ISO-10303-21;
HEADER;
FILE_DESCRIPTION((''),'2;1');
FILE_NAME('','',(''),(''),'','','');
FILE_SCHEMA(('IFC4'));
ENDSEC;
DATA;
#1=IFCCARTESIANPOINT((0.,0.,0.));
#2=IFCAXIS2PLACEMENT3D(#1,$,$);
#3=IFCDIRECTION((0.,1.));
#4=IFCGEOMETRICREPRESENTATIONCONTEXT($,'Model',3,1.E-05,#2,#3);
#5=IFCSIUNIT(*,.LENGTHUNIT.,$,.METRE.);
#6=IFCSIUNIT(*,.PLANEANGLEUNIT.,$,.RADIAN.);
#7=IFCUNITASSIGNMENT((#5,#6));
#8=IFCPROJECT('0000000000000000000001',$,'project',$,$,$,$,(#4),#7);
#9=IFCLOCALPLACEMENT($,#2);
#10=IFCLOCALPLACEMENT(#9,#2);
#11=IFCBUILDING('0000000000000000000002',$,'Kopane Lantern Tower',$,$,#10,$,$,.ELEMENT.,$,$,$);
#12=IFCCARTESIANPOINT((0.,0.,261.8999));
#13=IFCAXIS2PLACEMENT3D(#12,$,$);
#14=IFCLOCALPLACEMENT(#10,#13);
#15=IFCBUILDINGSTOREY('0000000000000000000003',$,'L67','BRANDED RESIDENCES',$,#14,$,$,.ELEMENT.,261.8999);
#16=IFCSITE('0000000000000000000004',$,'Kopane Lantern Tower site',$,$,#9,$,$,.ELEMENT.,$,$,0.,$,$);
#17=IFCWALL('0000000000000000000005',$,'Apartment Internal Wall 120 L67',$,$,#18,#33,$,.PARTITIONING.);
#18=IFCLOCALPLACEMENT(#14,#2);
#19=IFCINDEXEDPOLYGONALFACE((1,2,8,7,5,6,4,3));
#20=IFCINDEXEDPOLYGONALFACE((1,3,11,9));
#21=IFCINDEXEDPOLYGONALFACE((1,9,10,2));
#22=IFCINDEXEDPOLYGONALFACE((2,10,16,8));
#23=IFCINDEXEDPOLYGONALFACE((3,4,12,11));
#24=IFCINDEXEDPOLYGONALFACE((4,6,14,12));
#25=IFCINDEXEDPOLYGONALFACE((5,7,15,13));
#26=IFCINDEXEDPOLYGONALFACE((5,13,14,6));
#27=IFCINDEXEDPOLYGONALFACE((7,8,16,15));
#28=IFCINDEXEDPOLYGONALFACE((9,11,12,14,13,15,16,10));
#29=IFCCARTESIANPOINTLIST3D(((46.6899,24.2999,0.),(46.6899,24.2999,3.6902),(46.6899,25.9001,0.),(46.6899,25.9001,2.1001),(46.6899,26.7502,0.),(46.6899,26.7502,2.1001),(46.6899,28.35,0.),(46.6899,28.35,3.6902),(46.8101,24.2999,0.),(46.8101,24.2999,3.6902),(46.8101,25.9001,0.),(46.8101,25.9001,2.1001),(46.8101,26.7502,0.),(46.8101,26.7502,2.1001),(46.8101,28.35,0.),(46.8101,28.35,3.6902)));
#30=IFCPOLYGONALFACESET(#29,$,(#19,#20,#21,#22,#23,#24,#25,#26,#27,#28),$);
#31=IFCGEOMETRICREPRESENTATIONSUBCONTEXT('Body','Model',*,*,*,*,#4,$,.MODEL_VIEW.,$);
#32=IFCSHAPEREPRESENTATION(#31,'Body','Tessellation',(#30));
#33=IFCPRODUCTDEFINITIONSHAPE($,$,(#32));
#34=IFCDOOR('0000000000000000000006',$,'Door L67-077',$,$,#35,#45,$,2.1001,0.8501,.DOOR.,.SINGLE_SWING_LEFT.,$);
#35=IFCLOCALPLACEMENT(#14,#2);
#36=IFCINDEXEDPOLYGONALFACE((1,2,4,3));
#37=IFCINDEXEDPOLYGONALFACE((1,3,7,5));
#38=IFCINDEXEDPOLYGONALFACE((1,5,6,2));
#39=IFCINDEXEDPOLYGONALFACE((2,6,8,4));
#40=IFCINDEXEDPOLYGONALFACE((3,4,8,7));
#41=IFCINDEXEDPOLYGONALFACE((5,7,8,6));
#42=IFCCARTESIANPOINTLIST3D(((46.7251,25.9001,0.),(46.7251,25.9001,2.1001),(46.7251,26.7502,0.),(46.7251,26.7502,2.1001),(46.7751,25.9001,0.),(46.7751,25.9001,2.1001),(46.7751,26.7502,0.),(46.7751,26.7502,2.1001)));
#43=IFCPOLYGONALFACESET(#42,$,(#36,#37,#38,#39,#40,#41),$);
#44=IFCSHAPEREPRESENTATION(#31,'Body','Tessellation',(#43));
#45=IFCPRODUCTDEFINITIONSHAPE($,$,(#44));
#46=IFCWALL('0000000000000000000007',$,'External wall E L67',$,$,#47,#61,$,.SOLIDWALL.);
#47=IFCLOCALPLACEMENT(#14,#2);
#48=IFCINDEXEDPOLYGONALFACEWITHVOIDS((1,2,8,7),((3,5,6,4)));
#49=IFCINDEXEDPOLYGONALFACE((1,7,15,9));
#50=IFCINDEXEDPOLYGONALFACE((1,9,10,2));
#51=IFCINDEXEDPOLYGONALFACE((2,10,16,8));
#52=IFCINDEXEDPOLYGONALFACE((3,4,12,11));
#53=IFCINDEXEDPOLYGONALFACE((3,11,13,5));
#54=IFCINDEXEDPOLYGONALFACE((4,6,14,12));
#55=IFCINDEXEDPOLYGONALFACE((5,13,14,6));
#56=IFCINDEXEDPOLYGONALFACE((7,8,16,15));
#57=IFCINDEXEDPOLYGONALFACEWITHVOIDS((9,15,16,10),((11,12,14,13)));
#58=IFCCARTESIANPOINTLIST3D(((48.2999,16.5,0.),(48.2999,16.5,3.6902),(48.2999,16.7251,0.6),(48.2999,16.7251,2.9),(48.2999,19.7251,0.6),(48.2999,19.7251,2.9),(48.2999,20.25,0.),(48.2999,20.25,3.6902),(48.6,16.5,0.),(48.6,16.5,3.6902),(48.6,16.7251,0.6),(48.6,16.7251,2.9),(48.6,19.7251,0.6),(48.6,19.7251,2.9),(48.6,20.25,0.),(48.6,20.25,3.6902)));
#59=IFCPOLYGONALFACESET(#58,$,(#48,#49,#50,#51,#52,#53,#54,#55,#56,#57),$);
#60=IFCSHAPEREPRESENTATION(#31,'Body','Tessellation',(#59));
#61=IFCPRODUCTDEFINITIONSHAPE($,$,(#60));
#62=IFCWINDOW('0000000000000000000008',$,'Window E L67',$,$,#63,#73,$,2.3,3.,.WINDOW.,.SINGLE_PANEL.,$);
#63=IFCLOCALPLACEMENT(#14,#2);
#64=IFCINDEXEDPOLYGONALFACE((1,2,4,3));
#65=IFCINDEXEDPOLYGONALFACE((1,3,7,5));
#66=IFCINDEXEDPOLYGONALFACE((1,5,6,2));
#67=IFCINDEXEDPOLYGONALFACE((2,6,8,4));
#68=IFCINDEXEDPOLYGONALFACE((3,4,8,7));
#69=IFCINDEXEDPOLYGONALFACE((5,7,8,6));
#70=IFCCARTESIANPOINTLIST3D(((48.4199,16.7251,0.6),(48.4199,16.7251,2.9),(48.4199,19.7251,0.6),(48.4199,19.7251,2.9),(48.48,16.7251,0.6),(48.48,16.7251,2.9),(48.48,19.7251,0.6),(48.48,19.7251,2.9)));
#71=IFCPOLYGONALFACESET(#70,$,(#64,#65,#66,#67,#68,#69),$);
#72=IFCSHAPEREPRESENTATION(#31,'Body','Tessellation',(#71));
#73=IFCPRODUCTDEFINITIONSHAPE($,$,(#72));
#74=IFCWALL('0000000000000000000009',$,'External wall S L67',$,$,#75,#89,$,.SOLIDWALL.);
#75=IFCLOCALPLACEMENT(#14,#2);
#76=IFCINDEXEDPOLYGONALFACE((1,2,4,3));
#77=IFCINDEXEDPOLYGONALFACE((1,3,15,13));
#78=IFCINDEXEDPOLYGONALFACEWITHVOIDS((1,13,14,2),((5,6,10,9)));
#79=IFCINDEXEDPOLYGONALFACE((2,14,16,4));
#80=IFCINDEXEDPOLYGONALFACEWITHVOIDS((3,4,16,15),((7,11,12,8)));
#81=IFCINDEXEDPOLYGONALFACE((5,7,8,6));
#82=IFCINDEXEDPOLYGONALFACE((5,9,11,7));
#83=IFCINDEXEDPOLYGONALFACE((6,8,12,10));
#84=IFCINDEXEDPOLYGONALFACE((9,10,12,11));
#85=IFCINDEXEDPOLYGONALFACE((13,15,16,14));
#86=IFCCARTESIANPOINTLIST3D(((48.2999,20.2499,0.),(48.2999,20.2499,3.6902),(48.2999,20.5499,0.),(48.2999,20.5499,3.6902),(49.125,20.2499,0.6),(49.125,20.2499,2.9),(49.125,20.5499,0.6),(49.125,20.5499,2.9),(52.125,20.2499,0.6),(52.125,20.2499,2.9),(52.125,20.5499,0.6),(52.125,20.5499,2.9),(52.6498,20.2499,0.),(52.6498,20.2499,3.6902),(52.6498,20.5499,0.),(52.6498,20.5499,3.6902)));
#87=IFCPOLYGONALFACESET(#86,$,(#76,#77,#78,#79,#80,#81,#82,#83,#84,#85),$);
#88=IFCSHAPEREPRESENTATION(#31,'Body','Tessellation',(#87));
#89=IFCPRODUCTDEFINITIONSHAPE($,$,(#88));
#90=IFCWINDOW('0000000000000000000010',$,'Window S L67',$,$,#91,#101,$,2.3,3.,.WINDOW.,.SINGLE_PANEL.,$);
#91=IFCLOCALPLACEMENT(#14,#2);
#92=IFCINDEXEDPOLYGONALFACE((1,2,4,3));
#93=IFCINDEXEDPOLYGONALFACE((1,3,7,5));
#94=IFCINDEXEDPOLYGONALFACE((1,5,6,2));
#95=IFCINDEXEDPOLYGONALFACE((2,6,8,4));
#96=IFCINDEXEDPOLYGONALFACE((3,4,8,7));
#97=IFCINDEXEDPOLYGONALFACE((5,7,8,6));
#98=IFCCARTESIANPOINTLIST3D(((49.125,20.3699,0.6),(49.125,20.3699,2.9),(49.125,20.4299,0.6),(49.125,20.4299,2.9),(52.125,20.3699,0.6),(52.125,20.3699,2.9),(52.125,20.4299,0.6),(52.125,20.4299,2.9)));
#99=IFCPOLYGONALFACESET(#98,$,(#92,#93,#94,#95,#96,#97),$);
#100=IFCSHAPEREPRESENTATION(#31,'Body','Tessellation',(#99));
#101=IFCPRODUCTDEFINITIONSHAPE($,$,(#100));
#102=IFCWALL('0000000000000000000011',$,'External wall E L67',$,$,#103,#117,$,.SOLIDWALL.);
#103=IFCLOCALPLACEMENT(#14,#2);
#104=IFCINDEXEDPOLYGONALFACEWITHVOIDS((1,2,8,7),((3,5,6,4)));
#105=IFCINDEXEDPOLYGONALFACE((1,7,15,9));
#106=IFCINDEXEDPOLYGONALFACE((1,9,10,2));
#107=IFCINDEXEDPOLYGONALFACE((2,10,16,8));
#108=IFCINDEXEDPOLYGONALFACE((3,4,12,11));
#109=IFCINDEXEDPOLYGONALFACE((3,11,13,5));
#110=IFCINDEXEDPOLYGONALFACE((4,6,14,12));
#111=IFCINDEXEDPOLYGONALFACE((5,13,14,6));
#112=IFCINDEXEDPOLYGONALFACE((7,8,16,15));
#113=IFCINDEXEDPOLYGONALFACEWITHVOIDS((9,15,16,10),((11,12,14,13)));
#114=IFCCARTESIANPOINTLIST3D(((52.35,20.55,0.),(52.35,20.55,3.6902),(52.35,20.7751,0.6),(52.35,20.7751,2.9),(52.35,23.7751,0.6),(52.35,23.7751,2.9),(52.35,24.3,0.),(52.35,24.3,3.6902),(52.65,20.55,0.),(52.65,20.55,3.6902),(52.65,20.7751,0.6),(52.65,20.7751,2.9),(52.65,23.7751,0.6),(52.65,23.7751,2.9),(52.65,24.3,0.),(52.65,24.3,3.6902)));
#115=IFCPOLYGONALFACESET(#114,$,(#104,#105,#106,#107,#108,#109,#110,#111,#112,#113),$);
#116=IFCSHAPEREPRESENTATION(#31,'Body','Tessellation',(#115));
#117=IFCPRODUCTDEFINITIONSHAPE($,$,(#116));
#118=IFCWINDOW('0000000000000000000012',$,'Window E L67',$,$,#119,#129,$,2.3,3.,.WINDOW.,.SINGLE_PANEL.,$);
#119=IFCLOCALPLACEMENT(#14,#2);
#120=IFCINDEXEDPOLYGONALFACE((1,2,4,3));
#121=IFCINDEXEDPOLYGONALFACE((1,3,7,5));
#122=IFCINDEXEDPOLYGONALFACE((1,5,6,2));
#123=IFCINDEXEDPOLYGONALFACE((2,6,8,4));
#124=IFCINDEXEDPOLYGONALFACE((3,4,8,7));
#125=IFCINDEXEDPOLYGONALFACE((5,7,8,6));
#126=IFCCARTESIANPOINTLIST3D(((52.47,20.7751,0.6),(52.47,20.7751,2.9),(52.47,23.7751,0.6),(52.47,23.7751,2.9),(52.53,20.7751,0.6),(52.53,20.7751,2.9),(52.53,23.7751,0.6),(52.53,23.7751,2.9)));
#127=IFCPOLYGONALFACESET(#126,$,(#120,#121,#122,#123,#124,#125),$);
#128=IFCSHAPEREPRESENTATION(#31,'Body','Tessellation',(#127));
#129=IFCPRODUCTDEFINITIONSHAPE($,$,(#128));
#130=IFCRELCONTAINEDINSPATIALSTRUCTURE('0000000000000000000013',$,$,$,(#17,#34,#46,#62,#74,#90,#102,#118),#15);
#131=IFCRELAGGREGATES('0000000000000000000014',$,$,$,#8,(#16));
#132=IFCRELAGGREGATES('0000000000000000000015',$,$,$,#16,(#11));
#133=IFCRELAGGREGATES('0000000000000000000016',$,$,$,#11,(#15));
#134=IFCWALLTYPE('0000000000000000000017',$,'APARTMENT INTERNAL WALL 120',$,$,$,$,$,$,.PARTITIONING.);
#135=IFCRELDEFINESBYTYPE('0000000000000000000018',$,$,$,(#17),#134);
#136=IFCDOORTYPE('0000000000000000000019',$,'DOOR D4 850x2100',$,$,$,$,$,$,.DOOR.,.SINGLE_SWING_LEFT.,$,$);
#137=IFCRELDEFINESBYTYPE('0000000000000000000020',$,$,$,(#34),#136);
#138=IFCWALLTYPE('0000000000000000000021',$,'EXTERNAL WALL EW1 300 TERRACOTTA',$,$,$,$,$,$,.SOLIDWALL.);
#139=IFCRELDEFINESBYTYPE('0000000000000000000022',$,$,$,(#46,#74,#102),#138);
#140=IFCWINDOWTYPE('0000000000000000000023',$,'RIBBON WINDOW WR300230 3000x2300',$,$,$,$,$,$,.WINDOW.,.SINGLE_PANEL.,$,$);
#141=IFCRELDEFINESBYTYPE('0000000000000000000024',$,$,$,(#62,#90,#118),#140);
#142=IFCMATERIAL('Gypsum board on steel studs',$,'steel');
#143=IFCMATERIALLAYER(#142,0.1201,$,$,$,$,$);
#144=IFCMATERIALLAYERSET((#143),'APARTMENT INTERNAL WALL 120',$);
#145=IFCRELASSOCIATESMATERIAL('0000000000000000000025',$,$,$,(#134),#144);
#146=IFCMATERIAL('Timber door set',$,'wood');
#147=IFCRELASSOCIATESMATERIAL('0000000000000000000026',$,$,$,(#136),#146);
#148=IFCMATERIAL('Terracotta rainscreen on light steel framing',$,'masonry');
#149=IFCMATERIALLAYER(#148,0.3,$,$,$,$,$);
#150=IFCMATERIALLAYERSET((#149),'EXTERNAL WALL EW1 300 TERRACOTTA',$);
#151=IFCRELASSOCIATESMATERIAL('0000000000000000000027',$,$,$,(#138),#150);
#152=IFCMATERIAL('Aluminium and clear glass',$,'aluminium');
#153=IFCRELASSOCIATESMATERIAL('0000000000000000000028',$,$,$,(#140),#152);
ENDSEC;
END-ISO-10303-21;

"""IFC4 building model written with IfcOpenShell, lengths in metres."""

from ifc_helpers import new_model, si_unit, direction, frame, frame_2d, origin, place, context, subcontext, project, spatial, rectangle, extrude, material, layer, layer_set, type_object, element, fill, save


model = new_model("IFC4")

# Units and contexts
model_context = context("Model", 3, precision=1e-05, world=origin(), true_north=direction((0.0, 1.0)))
body_context = subcontext(model_context, "Body", "Model", "MODEL_VIEW")
ifc_project = project(units=[si_unit("LENGTHUNIT", "METRE"), si_unit("PLANEANGLEUNIT", "RADIAN")], contexts=[model_context])

# Site, building, storey
site_placement = place(None, origin())
site = spatial("IfcSite", under=ifc_project, at=site_placement, Name="Kopane Lantern Tower site", CompositionType="ELEMENT", RefElevation=0.0)
building_placement = place(site_placement, origin())
building = spatial("IfcBuilding", under=site, at=building_placement, Name="Kopane Lantern Tower", CompositionType="ELEMENT")
storey_placement = place(building_placement, frame((0.0, 0.0, 261.8999)))
storey = spatial("IfcBuildingStorey", under=building, at=storey_placement, Name="L67", Description="BRANDED RESIDENCES", CompositionType="ELEMENT", Elevation=261.8999)

# Shared definitions
ifc_material_1 = material(Name="Gypsum board on steel studs", Category="steel")
ifc_layer_1 = layer(ifc_material_1, 0.1201)
ifc_layer_set_1 = layer_set([ifc_layer_1], Name="APARTMENT INTERNAL WALL 120")
wall_type_1 = type_object("IfcWallType", Name="APARTMENT INTERNAL WALL 120", PredefinedType="PARTITIONING", material=ifc_layer_set_1)
ifc_material_2 = material(Name="Timber door set", Category="wood")
door_type = type_object("IfcDoorType", Name="DOOR D4 850x2100", OperationType="SINGLE_SWING_LEFT", PredefinedType="DOOR", material=ifc_material_2)

# Wall, opening, door
wall_1_placement = place(storey_placement, frame((46.75, 24.3, 0.0), z_axis=(0.0, 0.0, 1.0), x_axis=(0.0, 1.0, 0.0)))
wall_1 = element("IfcWall", 1, at=wall_1_placement, inside=storey, type_object=wall_type_1, Name="Apartment Internal Wall 120 L67", PredefinedType="PARTITIONING", context=body_context, shape_type="SweptSolid", body=[
    extrude(rectangle(XDim=4.05, YDim=0.1201, at=frame_2d((2.0249, 0.0))), origin(), (0.0, 0.0, 1.0), 3.6902),
])
opening_1_placement = place(wall_1_placement, frame((1.6001, 0.0, 0.0)))
opening_1 = element("IfcOpeningElement", 2, at=opening_1_placement, cuts=wall_1, PredefinedType="OPENING", context=body_context, shape_type="SweptSolid", body=[
    extrude(rectangle(XDim=0.8501, YDim=2.1001, at=frame_2d((0.425, 1.05))), frame((0.0, 0.0701, 0.0), z_axis=(0.0, -1.0, 0.0), x_axis=(1.0, 0.0, 0.0)), (0.0, 0.0, 1.0), 0.1401),
])
door_1_placement = place(opening_1_placement, origin())
door_1 = element("IfcDoor", 3, at=door_1_placement, inside=storey, type_object=door_type, Name="Door L67-077", OperationType="SINGLE_SWING_LEFT", OverallHeight=2.1001, OverallWidth=0.8501, PredefinedType="DOOR", context=body_context, shape_type="SweptSolid", body=[
    extrude(rectangle(XDim=0.8501, YDim=2.1001, at=frame_2d((0.425, 1.05))), frame((0.0, 0.0249, 0.0), z_axis=(0.0, -1.0, 0.0), x_axis=(1.0, 0.0, 0.0)), (0.0, 0.0, 1.0), 0.05),
])
fill(opening_1, door_1)

# Walls, openings, windows
ifc_material_3 = material(Name="Terracotta rainscreen on light steel framing", Category="masonry")
ifc_layer_2 = layer(ifc_material_3, 0.3)
ifc_layer_set_2 = layer_set([ifc_layer_2], Name="EXTERNAL WALL EW1 300 TERRACOTTA")
wall_type_2 = type_object("IfcWallType", Name="EXTERNAL WALL EW1 300 TERRACOTTA", PredefinedType="SOLIDWALL", material=ifc_layer_set_2)
wall_2_placement = place(storey_placement, frame((48.45, 16.5, 0.0), z_axis=(0.0, 0.0, 1.0), x_axis=(0.0, 1.0, 0.0)))
wall_2 = element("IfcWall", 4, at=wall_2_placement, inside=storey, type_object=wall_type_2, Name="External wall E L67", PredefinedType="SOLIDWALL", context=body_context, shape_type="SweptSolid", body=[
    extrude(rectangle(XDim=3.75, YDim=0.3, at=frame_2d((1.875, 0.0))), origin(), (0.0, 0.0, 1.0), 3.6902),
])
opening_2_placement = place(wall_2_placement, frame((0.2251, 0.0, 0.6001)))
opening_2 = element("IfcOpeningElement", 5, at=opening_2_placement, cuts=wall_2, PredefinedType="OPENING", context=body_context, shape_type="SweptSolid", body=[
    extrude(rectangle(XDim=3.0, YDim=2.3, at=frame_2d((1.5, 1.1499))), frame((0.0, 0.1599, 0.0), z_axis=(0.0, -1.0, 0.0), x_axis=(1.0, 0.0, 0.0)), (0.0, 0.0, 1.0), 0.3201),
])
ifc_material_4 = material(Name="Aluminium and clear glass", Category="aluminium")
window_type = type_object("IfcWindowType", Name="RIBBON WINDOW WR300230 3000x2300", PartitioningType="SINGLE_PANEL", PredefinedType="WINDOW", material=ifc_material_4)
window_1_placement = place(opening_2_placement, origin())
window_1 = element("IfcWindow", 6, at=window_1_placement, inside=storey, type_object=window_type, Name="Window E L67", OverallHeight=2.3, OverallWidth=3.0, PartitioningType="SINGLE_PANEL", PredefinedType="WINDOW", context=body_context, shape_type="SweptSolid", body=[
    extrude(rectangle(XDim=3.0, YDim=2.3, at=frame_2d((1.5, 1.1499))), frame((0.0, 0.03, 0.0), z_axis=(0.0, -1.0, 0.0), x_axis=(1.0, 0.0, 0.0)), (0.0, 0.0, 1.0), 0.0601),
])
fill(opening_2, window_1)
wall_3_placement = place(storey_placement, frame((48.3, 20.3999, 0.0), z_axis=(0.0, 0.0, 1.0), x_axis=(1.0, 0.0, 0.0)))
wall_3 = element("IfcWall", 7, at=wall_3_placement, inside=storey, type_object=wall_type_2, Name="External wall S L67", PredefinedType="SOLIDWALL", context=body_context, shape_type="SweptSolid", body=[
    extrude(rectangle(XDim=4.3499, YDim=0.3, at=frame_2d((2.1748, 0.0))), origin(), (0.0, 0.0, 1.0), 3.6902),
])
opening_3_placement = place(wall_3_placement, frame((0.825, 0.0, 0.6001)))
opening_3 = element("IfcOpeningElement", 8, at=opening_3_placement, cuts=wall_3, PredefinedType="OPENING", context=body_context, shape_type="SweptSolid", body=[
    extrude(rectangle(XDim=3.0, YDim=2.3, at=frame_2d((1.5, 1.1499))), frame((0.0, 0.1599, 0.0), z_axis=(0.0, -1.0, 0.0), x_axis=(1.0, 0.0, 0.0)), (0.0, 0.0, 1.0), 0.3201),
])
window_2_placement = place(opening_3_placement, origin())
window_2 = element("IfcWindow", 9, at=window_2_placement, inside=storey, type_object=window_type, Name="Window S L67", OverallHeight=2.3, OverallWidth=3.0, PartitioningType="SINGLE_PANEL", PredefinedType="WINDOW", context=body_context, shape_type="SweptSolid", body=[
    extrude(rectangle(XDim=3.0, YDim=2.3, at=frame_2d((1.5, 1.1499))), frame((0.0, 0.03, 0.0), z_axis=(0.0, -1.0, 0.0), x_axis=(1.0, 0.0, 0.0)), (0.0, 0.0, 1.0), 0.0601),
])
fill(opening_3, window_2)
wall_4_placement = place(storey_placement, frame((52.5, 20.55, 0.0), z_axis=(0.0, 0.0, 1.0), x_axis=(0.0, 1.0, 0.0)))
wall_4 = element("IfcWall", 10, at=wall_4_placement, inside=storey, type_object=wall_type_2, Name="External wall E L67", PredefinedType="SOLIDWALL", context=body_context, shape_type="SweptSolid", body=[
    extrude(rectangle(XDim=3.75, YDim=0.3, at=frame_2d((1.875, 0.0))), origin(), (0.0, 0.0, 1.0), 3.6902),
])
opening_4_placement = place(wall_4_placement, frame((0.2251, 0.0, 0.6001)))
opening_4 = element("IfcOpeningElement", 11, at=opening_4_placement, cuts=wall_4, PredefinedType="OPENING", context=body_context, shape_type="SweptSolid", body=[
    extrude(rectangle(XDim=3.0, YDim=2.3, at=frame_2d((1.5, 1.1499))), frame((0.0, 0.1599, 0.0), z_axis=(0.0, -1.0, 0.0), x_axis=(1.0, 0.0, 0.0)), (0.0, 0.0, 1.0), 0.3201),
])
window_3_placement = place(opening_4_placement, origin())
window_3 = element("IfcWindow", 12, at=window_3_placement, inside=storey, type_object=window_type, Name="Window E L67", OverallHeight=2.3, OverallWidth=3.0, PartitioningType="SINGLE_PANEL", PredefinedType="WINDOW", context=body_context, shape_type="SweptSolid", body=[
    extrude(rectangle(XDim=3.0, YDim=2.3, at=frame_2d((1.5, 1.1499))), frame((0.0, 0.03, 0.0), z_axis=(0.0, -1.0, 0.0), x_axis=(1.0, 0.0, 0.0)), (0.0, 0.0, 1.0), 0.0601),
])
fill(opening_4, window_3)

save(model, "model.ifc")
